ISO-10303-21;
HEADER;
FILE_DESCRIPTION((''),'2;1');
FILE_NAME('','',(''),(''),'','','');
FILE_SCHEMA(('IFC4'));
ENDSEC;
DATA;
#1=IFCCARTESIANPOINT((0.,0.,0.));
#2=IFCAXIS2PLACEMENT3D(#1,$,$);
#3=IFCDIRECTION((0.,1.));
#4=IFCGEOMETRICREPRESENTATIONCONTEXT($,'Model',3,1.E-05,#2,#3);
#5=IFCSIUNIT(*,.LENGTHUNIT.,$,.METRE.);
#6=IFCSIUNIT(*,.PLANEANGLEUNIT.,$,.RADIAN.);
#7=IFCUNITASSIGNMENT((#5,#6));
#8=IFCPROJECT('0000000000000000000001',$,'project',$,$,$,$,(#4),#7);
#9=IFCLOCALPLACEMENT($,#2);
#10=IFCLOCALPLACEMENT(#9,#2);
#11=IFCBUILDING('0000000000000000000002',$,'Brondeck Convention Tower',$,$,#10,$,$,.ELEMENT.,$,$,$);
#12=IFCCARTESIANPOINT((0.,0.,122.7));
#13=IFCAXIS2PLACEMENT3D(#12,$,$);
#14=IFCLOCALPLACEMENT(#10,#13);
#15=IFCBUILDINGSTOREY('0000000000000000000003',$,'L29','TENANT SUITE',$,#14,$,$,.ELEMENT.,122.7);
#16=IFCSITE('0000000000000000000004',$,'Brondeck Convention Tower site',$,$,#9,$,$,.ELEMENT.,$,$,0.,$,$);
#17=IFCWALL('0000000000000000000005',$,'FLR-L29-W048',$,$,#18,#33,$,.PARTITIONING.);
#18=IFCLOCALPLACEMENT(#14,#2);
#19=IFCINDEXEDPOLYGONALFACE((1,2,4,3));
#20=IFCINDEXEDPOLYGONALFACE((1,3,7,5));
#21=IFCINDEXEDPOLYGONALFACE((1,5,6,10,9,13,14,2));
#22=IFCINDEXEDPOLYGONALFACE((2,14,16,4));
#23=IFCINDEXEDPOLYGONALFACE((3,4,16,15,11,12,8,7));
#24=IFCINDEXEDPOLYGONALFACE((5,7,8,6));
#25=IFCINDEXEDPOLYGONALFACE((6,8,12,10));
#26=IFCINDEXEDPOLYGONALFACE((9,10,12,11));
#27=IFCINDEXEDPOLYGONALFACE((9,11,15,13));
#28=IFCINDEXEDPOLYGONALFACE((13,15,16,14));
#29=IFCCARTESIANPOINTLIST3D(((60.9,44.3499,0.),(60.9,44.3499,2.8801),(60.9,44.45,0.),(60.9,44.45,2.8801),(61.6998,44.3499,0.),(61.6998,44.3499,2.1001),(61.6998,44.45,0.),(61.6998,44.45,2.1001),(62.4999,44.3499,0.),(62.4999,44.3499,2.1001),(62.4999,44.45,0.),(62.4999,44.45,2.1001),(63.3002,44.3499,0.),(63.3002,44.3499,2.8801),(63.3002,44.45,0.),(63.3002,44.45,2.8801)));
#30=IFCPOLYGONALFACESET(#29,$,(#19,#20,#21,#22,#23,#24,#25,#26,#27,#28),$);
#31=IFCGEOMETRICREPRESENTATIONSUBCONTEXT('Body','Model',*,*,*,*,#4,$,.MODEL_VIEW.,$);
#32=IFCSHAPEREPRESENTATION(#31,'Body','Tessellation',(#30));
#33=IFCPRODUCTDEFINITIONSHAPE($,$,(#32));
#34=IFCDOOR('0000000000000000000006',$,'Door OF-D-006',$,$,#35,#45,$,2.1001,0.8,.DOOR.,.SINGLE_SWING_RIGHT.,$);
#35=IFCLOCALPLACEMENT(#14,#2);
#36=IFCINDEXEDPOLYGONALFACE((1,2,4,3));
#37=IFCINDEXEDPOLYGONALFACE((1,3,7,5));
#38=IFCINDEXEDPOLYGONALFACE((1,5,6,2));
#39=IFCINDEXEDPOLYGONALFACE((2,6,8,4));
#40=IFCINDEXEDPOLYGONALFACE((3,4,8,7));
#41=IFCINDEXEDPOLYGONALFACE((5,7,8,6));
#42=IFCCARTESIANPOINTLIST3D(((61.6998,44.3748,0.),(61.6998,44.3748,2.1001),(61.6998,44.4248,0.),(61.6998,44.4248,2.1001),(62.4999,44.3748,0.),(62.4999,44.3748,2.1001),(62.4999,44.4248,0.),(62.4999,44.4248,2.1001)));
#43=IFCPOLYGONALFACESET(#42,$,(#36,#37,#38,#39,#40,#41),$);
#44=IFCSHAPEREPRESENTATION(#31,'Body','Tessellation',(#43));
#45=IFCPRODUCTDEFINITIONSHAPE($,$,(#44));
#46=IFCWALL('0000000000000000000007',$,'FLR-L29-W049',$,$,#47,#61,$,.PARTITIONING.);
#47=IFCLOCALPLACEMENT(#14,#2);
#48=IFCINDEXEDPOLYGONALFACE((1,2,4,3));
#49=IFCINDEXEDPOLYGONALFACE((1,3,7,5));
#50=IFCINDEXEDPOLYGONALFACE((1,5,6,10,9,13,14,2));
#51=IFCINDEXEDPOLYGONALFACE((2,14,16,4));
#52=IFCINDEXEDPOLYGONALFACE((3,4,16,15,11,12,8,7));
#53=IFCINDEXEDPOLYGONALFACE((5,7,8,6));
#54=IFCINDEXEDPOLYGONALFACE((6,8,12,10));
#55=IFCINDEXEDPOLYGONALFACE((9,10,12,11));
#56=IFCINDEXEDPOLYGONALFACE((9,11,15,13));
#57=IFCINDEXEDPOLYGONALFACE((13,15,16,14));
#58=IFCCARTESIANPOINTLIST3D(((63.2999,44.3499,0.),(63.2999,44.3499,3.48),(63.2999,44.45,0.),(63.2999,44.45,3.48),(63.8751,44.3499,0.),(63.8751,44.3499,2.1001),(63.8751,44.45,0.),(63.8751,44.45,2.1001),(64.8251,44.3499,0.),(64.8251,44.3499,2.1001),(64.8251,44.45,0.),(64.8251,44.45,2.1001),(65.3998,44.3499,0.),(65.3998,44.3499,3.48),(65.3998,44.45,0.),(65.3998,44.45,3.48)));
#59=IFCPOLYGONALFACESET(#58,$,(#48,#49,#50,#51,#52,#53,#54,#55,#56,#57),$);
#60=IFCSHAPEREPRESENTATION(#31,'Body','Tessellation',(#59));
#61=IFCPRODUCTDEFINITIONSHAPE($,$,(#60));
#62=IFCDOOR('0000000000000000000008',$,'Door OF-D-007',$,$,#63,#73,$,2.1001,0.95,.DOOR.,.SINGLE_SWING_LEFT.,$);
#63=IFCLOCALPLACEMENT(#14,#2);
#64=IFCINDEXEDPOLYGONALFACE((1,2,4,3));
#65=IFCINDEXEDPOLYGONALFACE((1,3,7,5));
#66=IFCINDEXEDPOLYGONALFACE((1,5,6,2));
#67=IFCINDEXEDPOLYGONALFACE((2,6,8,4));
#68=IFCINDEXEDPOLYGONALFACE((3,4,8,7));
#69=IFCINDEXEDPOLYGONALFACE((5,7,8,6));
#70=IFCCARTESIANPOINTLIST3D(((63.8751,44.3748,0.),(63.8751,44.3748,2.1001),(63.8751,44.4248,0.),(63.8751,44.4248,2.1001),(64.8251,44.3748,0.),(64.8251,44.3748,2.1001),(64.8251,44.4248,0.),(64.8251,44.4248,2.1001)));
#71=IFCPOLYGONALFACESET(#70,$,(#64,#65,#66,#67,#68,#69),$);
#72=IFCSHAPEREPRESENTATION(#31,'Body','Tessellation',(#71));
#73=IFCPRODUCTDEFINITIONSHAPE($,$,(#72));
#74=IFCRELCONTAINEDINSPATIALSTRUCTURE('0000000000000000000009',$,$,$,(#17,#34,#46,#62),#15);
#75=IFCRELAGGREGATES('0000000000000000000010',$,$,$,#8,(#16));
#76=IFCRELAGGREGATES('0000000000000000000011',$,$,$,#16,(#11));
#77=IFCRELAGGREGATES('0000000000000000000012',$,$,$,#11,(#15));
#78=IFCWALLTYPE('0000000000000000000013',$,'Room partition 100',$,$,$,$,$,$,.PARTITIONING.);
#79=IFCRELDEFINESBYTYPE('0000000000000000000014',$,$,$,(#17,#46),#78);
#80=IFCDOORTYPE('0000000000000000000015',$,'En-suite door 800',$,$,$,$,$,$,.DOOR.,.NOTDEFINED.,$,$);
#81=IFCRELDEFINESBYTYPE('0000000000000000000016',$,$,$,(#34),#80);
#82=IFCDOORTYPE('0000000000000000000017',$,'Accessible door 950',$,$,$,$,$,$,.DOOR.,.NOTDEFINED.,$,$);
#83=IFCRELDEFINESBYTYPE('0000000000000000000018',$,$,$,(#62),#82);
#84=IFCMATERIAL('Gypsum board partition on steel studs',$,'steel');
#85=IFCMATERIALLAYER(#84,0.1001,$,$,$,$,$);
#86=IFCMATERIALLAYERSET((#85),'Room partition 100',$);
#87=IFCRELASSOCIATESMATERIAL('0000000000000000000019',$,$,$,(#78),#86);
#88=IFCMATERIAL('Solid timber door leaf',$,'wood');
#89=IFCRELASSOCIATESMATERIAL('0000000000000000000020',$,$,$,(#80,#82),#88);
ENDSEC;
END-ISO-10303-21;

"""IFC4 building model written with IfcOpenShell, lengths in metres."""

from ifc_helpers import new_model, si_unit, direction, frame, frame_2d, origin, place, context, subcontext, project, spatial, rectangle, extrude, material, layer, layer_set, type_object, element, fill, save


model = new_model("IFC4")

# Units and contexts
model_context = context("Model", 3, precision=1e-05, world=origin(), true_north=direction((0.0, 1.0)))
body_context = subcontext(model_context, "Body", "Model", "MODEL_VIEW")
ifc_project = project(units=[si_unit("LENGTHUNIT", "METRE"), si_unit("PLANEANGLEUNIT", "RADIAN")], contexts=[model_context])

# Site, building, storey
site_placement = place(None, origin())
site = spatial("IfcSite", under=ifc_project, at=site_placement, Name="Brondeck Convention Tower site", CompositionType="ELEMENT", RefElevation=0.0)
building_placement = place(site_placement, origin())
building = spatial("IfcBuilding", under=site, at=building_placement, Name="Brondeck Convention Tower", CompositionType="ELEMENT")
storey_placement = place(building_placement, frame((0.0, 0.0, 122.7)))
storey = spatial("IfcBuildingStorey", under=building, at=storey_placement, Name="L29", Description="TENANT SUITE", CompositionType="ELEMENT", Elevation=122.7)

# Shared definitions
ifc_material_1 = material(Name="Gypsum board partition on steel studs", Category="steel")
ifc_layer_1 = layer(ifc_material_1, 0.1001)
ifc_layer_set_1 = layer_set([ifc_layer_1], Name="Room partition 100")
wall_type_1 = type_object("IfcWallType", Name="Room partition 100", PredefinedType="PARTITIONING", material=ifc_layer_set_1)

# Shared definitions
ifc_material_2 = material(Name="Solid timber door leaf", Category="wood")

# Walls, openings, doors
wall_1_placement = place(storey_placement, frame((60.8999, 44.3999, 0.0), z_axis=(0.0, 0.0, 1.0), x_axis=(1.0, 0.0, 0.0)))
wall_1 = element("IfcWall", 1, at=wall_1_placement, inside=storey, type_object=wall_type_1, Name="FLR-L29-W048", PredefinedType="PARTITIONING", context=body_context, shape_type="SweptSolid", body=[
    extrude(rectangle(XDim=2.4001, YDim=0.1001, at=frame_2d((1.2002, 0.0))), origin(), (0.0, 0.0, 1.0), 2.8801),
])
opening_1_placement = place(wall_1_placement, frame((0.8, 0.0, 0.0)))
opening_1 = element("IfcOpeningElement", 2, at=opening_1_placement, cuts=wall_1, PredefinedType="OPENING", context=body_context, shape_type="SweptSolid", body=[
    extrude(rectangle(XDim=0.8, YDim=2.1001, at=frame_2d((0.3999, 1.05))), frame((0.0, 0.0601, 0.0), z_axis=(0.0, -1.0, 0.0), x_axis=(1.0, 0.0, 0.0)), (0.0, 0.0, 1.0), 0.1201),
])
door_type_1 = type_object("IfcDoorType", Name="En-suite door 800", OperationType="NOTDEFINED", PredefinedType="DOOR", material=ifc_material_2)
door_1_placement = place(opening_1_placement, origin())
door_1 = element("IfcDoor", 3, at=door_1_placement, inside=storey, type_object=door_type_1, Name="Door OF-D-006", OperationType="SINGLE_SWING_RIGHT", OverallHeight=2.1001, OverallWidth=0.8, PredefinedType="DOOR", context=body_context, shape_type="SweptSolid", body=[
    extrude(rectangle(XDim=0.8, YDim=2.1001, at=frame_2d((0.3999, 1.05))), frame((0.0, 0.0249, 0.0), z_axis=(0.0, -1.0, 0.0), x_axis=(1.0, 0.0, 0.0)), (0.0, 0.0, 1.0), 0.05),
])
fill(opening_1, door_1)
wall_2_placement = place(storey_placement, frame((63.3, 44.3999, 0.0), z_axis=(0.0, 0.0, 1.0), x_axis=(1.0, 0.0, 0.0)))
wall_2 = element("IfcWall", 4, at=wall_2_placement, inside=storey, type_object=wall_type_1, Name="FLR-L29-W049", PredefinedType="PARTITIONING", context=body_context, shape_type="SweptSolid", body=[
    extrude(rectangle(XDim=2.0999, YDim=0.1001, at=frame_2d((1.0498, 0.0))), origin(), (0.0, 0.0, 1.0), 3.48),
])
opening_2_placement = place(wall_2_placement, frame((0.575, 0.0, 0.0)))
opening_2 = element("IfcOpeningElement", 5, at=opening_2_placement, cuts=wall_2, PredefinedType="OPENING", context=body_context, shape_type="SweptSolid", body=[
    extrude(rectangle(XDim=0.95, YDim=2.1001, at=frame_2d((0.4751, 1.05))), frame((0.0, 0.0601, 0.0), z_axis=(0.0, -1.0, 0.0), x_axis=(1.0, 0.0, 0.0)), (0.0, 0.0, 1.0), 0.1201),
])
door_type_2 = type_object("IfcDoorType", Name="Accessible door 950", OperationType="NOTDEFINED", PredefinedType="DOOR", material=ifc_material_2)
door_2_placement = place(opening_2_placement, origin())
door_2 = element("IfcDoor", 6, at=door_2_placement, inside=storey, type_object=door_type_2, Name="Door OF-D-007", OperationType="SINGLE_SWING_LEFT", OverallHeight=2.1001, OverallWidth=0.95, PredefinedType="DOOR", context=body_context, shape_type="SweptSolid", body=[
    extrude(rectangle(XDim=0.95, YDim=2.1001, at=frame_2d((0.4751, 1.05))), frame((0.0, 0.0249, 0.0), z_axis=(0.0, -1.0, 0.0), x_axis=(1.0, 0.0, 0.0)), (0.0, 0.0, 1.0), 0.05),
])
fill(opening_2, door_2)

save(model, "model.ifc")
